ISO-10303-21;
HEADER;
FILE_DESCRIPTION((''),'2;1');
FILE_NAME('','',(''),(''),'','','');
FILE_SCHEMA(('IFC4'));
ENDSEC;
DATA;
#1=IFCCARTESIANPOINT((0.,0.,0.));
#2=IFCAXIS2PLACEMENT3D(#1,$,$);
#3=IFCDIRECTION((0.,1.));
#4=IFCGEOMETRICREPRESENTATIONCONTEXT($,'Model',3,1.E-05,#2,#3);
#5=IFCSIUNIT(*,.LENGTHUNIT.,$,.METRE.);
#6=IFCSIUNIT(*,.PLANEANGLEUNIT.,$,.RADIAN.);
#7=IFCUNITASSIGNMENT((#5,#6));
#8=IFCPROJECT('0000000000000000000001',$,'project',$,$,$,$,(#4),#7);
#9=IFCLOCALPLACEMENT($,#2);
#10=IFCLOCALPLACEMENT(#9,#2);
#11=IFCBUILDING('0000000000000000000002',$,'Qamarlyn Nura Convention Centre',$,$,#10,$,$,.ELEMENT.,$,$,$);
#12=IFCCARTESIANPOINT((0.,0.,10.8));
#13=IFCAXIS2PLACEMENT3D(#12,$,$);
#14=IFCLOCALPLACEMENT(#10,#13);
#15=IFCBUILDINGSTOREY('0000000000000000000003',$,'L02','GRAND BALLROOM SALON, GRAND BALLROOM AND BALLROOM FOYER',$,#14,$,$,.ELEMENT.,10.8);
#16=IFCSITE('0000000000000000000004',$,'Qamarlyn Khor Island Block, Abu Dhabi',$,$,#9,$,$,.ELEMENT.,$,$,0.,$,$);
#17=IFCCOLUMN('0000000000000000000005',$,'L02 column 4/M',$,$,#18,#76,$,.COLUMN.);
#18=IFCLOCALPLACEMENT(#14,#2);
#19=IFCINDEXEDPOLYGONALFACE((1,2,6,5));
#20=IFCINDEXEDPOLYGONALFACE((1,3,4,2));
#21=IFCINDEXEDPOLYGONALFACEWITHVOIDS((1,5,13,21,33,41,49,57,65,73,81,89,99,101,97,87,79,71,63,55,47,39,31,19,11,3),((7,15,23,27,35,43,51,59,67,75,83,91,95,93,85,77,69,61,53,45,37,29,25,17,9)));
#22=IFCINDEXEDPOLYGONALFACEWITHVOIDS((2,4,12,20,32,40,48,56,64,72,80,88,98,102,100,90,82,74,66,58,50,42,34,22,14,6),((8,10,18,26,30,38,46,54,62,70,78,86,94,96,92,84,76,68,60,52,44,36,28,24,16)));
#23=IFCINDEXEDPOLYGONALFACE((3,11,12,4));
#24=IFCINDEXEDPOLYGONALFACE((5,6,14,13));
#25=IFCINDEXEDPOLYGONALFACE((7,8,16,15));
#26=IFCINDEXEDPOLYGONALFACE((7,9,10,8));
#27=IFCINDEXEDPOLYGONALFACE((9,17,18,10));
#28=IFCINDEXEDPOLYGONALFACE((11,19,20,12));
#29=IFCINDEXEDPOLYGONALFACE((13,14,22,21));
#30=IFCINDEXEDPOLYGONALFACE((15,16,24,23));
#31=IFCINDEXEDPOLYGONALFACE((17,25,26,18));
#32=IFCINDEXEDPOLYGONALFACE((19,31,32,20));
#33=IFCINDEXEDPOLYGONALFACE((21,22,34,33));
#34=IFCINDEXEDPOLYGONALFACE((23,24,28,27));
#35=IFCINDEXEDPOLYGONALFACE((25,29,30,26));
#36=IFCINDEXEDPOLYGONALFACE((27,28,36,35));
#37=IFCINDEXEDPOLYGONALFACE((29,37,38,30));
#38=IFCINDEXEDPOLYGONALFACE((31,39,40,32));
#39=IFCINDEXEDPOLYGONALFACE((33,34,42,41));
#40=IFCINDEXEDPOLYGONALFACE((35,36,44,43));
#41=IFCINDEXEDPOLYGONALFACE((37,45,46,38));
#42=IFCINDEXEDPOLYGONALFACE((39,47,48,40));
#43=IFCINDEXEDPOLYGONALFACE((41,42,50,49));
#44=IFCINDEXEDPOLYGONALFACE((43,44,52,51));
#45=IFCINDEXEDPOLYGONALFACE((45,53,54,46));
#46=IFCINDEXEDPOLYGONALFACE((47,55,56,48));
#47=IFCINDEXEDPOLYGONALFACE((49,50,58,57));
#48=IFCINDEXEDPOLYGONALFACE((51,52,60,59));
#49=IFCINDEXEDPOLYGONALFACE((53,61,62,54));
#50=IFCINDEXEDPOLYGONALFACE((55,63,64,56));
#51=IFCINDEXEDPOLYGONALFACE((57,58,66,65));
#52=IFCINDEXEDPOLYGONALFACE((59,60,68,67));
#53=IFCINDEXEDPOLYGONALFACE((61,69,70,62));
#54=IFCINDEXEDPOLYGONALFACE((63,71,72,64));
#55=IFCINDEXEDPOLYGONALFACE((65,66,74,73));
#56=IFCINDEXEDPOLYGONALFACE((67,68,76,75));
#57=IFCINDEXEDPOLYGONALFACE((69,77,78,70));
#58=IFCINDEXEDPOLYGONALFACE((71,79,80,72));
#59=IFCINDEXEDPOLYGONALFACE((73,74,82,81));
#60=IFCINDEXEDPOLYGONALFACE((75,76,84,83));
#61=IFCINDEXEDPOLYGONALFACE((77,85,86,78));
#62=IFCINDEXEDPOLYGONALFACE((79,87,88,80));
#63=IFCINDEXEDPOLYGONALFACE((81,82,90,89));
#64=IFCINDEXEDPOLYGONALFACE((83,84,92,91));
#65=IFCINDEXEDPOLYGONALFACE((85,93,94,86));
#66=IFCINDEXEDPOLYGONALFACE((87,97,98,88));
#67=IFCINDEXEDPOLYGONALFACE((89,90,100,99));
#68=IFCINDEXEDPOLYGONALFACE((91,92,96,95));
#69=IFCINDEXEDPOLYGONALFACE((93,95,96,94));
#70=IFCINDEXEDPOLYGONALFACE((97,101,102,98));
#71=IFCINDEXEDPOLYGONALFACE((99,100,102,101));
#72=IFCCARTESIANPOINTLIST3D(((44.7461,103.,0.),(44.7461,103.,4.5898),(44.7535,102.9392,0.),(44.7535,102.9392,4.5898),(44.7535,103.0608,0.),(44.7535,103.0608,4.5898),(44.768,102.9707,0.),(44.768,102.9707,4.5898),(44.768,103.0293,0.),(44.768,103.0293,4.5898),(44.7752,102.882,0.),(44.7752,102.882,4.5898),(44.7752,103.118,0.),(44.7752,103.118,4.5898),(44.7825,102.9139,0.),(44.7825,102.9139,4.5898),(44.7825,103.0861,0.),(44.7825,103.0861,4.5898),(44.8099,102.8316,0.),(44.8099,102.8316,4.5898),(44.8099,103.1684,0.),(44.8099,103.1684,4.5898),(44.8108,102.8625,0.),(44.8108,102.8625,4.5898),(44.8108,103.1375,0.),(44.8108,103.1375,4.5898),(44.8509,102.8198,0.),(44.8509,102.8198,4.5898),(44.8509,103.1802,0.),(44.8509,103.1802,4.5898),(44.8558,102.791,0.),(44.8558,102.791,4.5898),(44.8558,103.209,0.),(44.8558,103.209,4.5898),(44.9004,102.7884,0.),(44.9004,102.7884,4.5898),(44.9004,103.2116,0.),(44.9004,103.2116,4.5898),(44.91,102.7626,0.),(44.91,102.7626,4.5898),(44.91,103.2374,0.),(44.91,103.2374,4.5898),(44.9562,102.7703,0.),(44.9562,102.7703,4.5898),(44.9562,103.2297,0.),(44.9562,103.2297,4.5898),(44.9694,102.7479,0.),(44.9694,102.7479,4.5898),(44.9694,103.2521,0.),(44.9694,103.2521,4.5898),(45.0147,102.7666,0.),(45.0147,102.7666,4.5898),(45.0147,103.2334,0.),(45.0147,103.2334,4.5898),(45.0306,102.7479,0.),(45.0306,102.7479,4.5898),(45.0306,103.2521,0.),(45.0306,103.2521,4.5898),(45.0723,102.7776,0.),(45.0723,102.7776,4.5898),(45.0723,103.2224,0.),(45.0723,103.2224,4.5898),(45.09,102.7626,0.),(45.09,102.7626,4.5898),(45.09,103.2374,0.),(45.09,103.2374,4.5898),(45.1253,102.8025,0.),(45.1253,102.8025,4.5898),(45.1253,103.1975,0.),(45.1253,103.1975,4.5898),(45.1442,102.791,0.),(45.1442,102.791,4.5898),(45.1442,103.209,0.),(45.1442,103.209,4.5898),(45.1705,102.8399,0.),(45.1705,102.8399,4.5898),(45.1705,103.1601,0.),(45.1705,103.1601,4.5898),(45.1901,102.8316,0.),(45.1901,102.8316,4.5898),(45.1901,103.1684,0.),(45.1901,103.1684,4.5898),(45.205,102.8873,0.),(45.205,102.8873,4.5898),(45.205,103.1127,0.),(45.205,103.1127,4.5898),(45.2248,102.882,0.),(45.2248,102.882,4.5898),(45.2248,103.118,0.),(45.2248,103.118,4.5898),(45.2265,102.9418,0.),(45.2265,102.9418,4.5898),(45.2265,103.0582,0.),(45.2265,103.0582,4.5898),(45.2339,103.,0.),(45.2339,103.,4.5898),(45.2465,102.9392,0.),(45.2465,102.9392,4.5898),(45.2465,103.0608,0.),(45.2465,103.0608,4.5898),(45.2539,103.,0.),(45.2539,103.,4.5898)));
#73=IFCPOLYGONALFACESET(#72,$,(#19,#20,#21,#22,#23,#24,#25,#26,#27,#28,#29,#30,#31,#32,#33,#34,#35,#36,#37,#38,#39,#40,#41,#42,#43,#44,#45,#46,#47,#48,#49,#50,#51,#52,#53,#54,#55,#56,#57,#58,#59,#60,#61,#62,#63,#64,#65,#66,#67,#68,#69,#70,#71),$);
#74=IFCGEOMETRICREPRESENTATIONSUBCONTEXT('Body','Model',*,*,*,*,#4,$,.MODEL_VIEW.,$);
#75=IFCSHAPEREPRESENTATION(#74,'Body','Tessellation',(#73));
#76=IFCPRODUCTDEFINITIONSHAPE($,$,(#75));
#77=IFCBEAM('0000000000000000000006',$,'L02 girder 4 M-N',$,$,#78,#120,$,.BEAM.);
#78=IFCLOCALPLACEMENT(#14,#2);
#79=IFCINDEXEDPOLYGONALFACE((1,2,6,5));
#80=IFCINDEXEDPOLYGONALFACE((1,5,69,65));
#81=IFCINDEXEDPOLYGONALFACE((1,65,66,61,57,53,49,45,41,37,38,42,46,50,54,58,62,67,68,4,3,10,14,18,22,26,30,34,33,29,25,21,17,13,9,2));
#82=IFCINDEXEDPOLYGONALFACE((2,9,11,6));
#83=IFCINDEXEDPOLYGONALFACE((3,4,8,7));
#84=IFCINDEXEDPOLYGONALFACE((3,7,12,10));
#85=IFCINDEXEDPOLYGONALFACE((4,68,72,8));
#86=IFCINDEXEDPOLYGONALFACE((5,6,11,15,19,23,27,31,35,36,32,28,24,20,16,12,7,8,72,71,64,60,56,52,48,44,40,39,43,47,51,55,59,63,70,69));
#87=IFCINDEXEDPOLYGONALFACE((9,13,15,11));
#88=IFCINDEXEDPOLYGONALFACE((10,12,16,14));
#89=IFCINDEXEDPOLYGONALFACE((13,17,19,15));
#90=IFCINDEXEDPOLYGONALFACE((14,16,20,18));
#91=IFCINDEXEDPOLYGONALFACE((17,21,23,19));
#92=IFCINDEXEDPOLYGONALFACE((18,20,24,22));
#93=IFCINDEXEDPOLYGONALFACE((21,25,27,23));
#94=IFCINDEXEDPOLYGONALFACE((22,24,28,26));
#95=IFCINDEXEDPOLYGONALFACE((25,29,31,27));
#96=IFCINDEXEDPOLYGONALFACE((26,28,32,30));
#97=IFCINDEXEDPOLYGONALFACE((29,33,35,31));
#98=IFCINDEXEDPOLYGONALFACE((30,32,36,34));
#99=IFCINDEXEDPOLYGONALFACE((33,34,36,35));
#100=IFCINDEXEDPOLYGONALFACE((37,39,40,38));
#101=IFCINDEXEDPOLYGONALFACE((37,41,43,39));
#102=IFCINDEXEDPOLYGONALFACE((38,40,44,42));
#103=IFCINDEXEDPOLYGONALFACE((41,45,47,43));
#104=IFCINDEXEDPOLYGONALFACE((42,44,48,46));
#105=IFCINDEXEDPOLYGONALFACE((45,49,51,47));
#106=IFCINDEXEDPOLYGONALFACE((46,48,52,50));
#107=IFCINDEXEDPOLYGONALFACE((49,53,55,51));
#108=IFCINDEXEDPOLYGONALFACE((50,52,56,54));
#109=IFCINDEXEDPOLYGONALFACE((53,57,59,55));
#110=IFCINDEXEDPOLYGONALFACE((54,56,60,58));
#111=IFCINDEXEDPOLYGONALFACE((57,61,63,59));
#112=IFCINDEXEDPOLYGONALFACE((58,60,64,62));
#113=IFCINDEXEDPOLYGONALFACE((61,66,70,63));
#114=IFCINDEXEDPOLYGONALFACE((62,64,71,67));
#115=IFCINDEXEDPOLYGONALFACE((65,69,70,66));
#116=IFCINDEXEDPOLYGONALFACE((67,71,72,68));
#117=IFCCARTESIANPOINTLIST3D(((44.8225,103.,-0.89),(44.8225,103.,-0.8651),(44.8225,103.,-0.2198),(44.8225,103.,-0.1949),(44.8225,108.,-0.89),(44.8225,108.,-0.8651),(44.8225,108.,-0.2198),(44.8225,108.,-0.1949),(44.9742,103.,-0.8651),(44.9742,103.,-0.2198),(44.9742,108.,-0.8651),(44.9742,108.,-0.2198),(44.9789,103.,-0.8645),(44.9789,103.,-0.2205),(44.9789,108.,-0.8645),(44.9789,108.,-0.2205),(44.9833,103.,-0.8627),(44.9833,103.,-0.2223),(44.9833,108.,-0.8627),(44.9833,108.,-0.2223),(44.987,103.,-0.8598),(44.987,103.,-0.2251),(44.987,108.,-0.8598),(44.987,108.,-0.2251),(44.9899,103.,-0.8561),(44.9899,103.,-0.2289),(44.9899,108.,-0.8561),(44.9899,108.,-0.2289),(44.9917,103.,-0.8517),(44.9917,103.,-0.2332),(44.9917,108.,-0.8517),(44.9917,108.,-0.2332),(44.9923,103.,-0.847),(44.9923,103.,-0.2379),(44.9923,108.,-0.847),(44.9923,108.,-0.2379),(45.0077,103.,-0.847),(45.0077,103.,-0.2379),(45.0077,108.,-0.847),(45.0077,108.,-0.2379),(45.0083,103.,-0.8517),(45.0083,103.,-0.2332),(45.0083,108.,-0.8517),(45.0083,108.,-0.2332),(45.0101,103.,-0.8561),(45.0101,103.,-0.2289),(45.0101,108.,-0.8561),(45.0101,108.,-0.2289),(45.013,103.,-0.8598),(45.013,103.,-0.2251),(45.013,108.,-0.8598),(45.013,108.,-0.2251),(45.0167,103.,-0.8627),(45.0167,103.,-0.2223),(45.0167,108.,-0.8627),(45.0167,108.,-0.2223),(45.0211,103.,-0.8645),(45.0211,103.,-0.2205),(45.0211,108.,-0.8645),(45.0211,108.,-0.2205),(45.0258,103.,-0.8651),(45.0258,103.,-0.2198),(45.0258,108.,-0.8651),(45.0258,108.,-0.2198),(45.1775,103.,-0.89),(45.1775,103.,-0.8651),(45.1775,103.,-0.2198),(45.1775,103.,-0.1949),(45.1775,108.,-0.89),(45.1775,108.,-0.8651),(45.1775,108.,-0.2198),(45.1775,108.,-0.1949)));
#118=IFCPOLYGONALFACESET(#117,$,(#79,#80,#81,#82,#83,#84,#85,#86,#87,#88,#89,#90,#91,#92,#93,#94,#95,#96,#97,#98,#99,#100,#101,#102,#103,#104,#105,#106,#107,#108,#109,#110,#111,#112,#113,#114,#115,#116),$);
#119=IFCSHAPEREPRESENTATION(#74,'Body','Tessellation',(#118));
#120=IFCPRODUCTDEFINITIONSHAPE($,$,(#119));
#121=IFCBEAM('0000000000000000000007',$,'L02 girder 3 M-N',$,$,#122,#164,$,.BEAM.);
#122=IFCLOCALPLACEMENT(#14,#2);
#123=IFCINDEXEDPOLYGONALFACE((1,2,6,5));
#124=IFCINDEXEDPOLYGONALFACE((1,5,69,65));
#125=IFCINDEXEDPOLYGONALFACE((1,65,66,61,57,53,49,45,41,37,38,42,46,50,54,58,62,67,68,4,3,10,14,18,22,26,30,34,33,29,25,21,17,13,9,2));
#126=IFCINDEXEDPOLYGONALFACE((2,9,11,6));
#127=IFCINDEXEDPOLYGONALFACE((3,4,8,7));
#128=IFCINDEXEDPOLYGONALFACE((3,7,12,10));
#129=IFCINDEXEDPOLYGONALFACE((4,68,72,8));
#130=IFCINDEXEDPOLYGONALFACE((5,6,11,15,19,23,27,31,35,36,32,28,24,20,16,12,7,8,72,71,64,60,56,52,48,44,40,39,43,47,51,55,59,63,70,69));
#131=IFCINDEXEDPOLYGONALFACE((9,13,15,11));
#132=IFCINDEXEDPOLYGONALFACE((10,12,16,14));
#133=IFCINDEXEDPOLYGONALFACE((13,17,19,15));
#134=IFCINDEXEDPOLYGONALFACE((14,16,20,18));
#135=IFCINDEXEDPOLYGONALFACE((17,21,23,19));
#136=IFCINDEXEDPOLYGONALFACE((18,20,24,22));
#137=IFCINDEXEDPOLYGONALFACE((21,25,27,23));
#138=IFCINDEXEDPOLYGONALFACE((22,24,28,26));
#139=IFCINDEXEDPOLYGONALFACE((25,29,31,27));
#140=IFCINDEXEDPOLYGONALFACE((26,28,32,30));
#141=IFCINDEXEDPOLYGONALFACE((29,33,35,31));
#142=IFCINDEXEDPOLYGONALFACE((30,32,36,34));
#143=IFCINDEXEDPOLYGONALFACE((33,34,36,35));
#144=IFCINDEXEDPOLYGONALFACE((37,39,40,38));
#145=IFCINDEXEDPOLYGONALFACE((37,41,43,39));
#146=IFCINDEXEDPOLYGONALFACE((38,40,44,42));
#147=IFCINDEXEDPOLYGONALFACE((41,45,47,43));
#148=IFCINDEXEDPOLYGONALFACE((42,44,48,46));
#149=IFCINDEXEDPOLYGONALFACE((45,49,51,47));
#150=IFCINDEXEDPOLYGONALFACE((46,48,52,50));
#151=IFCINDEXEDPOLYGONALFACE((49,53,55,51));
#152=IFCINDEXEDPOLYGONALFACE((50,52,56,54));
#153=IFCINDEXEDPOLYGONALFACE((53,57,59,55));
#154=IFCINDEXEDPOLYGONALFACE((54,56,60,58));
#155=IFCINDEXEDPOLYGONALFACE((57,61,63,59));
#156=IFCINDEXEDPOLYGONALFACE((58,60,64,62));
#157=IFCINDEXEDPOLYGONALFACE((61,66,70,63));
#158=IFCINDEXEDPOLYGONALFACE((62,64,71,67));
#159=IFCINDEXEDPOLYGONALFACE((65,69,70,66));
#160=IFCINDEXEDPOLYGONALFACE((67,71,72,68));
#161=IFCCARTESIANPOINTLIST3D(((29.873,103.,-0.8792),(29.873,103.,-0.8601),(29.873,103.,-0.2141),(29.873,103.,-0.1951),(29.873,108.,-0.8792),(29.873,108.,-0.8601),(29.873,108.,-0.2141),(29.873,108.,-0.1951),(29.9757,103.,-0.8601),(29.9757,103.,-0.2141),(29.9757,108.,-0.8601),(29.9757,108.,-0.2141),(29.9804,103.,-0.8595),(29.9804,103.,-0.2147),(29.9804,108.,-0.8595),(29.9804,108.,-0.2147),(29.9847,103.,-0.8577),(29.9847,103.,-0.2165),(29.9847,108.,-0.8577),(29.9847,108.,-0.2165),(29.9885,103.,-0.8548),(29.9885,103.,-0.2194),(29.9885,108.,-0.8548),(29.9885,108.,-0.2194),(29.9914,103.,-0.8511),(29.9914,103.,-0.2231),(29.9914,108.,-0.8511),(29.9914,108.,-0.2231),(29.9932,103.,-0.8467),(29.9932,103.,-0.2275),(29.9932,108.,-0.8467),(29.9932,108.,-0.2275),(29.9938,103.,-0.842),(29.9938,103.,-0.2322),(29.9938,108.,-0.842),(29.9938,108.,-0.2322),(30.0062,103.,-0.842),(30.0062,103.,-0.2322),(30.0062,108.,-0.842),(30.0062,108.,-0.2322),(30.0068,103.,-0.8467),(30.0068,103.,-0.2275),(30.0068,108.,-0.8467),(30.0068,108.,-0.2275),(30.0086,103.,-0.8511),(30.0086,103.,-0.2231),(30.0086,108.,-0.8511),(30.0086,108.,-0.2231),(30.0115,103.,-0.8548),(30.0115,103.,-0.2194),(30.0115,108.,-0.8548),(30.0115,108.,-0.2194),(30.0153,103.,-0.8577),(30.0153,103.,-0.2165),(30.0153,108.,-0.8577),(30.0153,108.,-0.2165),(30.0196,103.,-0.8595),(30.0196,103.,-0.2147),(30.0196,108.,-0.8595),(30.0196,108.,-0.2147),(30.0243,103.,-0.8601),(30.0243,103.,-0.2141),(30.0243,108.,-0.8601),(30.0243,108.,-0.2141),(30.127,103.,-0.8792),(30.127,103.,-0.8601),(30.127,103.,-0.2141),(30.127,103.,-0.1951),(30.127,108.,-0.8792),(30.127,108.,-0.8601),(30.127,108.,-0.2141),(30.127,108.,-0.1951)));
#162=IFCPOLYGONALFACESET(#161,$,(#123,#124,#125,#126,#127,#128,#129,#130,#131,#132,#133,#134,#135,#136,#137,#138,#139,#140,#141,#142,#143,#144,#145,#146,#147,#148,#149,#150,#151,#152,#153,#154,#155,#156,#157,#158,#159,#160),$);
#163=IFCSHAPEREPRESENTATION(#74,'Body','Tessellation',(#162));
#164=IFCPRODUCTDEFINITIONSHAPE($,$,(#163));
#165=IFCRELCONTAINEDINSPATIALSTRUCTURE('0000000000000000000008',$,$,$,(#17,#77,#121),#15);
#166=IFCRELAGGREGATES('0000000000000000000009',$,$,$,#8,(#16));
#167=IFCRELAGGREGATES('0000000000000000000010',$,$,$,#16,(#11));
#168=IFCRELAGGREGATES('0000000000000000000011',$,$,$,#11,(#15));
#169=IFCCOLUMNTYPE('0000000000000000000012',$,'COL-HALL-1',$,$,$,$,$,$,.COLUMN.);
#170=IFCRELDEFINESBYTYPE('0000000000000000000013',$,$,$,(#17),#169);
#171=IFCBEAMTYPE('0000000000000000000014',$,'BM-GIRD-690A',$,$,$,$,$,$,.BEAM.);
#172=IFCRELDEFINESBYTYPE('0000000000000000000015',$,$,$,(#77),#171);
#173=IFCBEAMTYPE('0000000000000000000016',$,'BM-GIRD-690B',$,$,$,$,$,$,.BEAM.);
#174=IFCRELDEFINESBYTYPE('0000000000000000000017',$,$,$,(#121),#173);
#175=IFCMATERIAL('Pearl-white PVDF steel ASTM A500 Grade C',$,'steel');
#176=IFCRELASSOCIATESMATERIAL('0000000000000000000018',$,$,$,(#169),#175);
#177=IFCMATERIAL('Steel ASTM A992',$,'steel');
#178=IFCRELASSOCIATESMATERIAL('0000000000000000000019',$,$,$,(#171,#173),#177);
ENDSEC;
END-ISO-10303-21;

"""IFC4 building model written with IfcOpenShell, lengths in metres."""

from ifc_helpers import new_model, si_unit, direction, frame, origin, origin_2d, place, context, subcontext, project, spatial, hollow_circle, i_section, extrude, material, material_profile, profile_set, type_object, element, save


model = new_model("IFC4")

# Units and contexts
model_context = context("Model", 3, precision=1e-05, world=origin(), true_north=direction((0.0, 1.0)))
body_context = subcontext(model_context, "Body", "Model", "MODEL_VIEW")
ifc_project = project(units=[si_unit("LENGTHUNIT", "METRE"), si_unit("PLANEANGLEUNIT", "RADIAN")], contexts=[model_context])

# Site, building, storey
site_placement = place(None, origin())
site = spatial("IfcSite", under=ifc_project, at=site_placement, Name="Qamarlyn Khor Island Block, Abu Dhabi", CompositionType="ELEMENT", RefElevation=0.0)
building_placement = place(site_placement, origin())
building = spatial("IfcBuilding", under=site, at=building_placement, Name="Qamarlyn Nura Convention Centre", CompositionType="ELEMENT")
storey_placement = place(building_placement, frame((0.0, 0.0, 10.8)))
storey = spatial("IfcBuildingStorey", under=building, at=storey_placement, Name="L02", Description="GRAND BALLROOM SALON, GRAND BALLROOM AND BALLROOM FOYER", CompositionType="ELEMENT", Elevation=10.8)

# Column
ifc_material_1 = material(Name="Pearl-white PVDF steel ASTM A500 Grade C", Category="steel")
ifc_material_profile_1 = material_profile(ifc_material_1, hollow_circle(Radius=0.2539, WallThickness=0.02, at=origin_2d()), Name="CHS508X20")
ifc_profile_set_1 = profile_set([ifc_material_profile_1], Name="Pearl-white PVDF steel ASTM A500 Grade C")
column_type = type_object("IfcColumnType", Name="COL-HALL-1", PredefinedType="COLUMN", material=ifc_profile_set_1)
column_placement = place(storey_placement, frame((45.0, 103.0, 0.0), z_axis=(0.0, 0.0, 1.0), x_axis=(1.0, 0.0, 0.0)))
element("IfcColumn", 1, at=column_placement, inside=storey, type_object=column_type, Name="L02 column 4/M", PredefinedType="COLUMN", context=body_context, shape_type="SweptSolid", body=[
    extrude(hollow_circle(Radius=0.2539, WallThickness=0.02, at=origin_2d()), origin(), (0.0, 0.0, 1.0), 4.5898),
])

# Beams
ifc_material_2 = material(Name="Steel ASTM A992", Category="steel")
ifc_material_profile_2 = material_profile(ifc_material_2, i_section(OverallWidth=0.355, OverallDepth=0.6951, WebThickness=0.0154, FlangeThickness=0.0249, FilletRadius=0.0181, at=origin_2d()), Name="W690X217")
ifc_profile_set_2 = profile_set([ifc_material_profile_2], Name="Steel ASTM A992")
beam_type_1 = type_object("IfcBeamType", Name="BM-GIRD-690A", PredefinedType="BEAM", material=ifc_profile_set_2)
beam_1_placement = place(storey_placement, frame((45.0, 103.0, -0.5425), z_axis=(0.0, 1.0, 0.0), x_axis=(-1.0, 0.0, 0.0)))
element("IfcBeam", 2, at=beam_1_placement, inside=storey, type_object=beam_type_1, Name="L02 girder 4 M-N", PredefinedType="BEAM", context=body_context, shape_type="SweptSolid", body=[
    extrude(i_section(OverallWidth=0.355, OverallDepth=0.6951, WebThickness=0.0154, FlangeThickness=0.0249, FilletRadius=0.0181, at=origin_2d()), origin(), (0.0, 0.0, 1.0), 5.0),
])
ifc_material_profile_3 = material_profile(ifc_material_2, i_section(OverallWidth=0.2539, OverallDepth=0.6841, WebThickness=0.0125, FlangeThickness=0.019, FilletRadius=0.0181, at=origin_2d()), Name="W690X140")
ifc_profile_set_3 = profile_set([ifc_material_profile_3], Name="Steel ASTM A992")
beam_type_2 = type_object("IfcBeamType", Name="BM-GIRD-690B", PredefinedType="BEAM", material=ifc_profile_set_3)
beam_2_placement = place(storey_placement, frame((30.0, 103.0, -0.5371), z_axis=(0.0, 1.0, 0.0), x_axis=(-1.0, 0.0, 0.0)))
element("IfcBeam", 3, at=beam_2_placement, inside=storey, type_object=beam_type_2, Name="L02 girder 3 M-N", PredefinedType="BEAM", context=body_context, shape_type="SweptSolid", body=[
    extrude(i_section(OverallWidth=0.2539, OverallDepth=0.6841, WebThickness=0.0125, FlangeThickness=0.019, FilletRadius=0.0181, at=origin_2d()), origin(), (0.0, 0.0, 1.0), 5.0),
])

save(model, "model.ifc")
